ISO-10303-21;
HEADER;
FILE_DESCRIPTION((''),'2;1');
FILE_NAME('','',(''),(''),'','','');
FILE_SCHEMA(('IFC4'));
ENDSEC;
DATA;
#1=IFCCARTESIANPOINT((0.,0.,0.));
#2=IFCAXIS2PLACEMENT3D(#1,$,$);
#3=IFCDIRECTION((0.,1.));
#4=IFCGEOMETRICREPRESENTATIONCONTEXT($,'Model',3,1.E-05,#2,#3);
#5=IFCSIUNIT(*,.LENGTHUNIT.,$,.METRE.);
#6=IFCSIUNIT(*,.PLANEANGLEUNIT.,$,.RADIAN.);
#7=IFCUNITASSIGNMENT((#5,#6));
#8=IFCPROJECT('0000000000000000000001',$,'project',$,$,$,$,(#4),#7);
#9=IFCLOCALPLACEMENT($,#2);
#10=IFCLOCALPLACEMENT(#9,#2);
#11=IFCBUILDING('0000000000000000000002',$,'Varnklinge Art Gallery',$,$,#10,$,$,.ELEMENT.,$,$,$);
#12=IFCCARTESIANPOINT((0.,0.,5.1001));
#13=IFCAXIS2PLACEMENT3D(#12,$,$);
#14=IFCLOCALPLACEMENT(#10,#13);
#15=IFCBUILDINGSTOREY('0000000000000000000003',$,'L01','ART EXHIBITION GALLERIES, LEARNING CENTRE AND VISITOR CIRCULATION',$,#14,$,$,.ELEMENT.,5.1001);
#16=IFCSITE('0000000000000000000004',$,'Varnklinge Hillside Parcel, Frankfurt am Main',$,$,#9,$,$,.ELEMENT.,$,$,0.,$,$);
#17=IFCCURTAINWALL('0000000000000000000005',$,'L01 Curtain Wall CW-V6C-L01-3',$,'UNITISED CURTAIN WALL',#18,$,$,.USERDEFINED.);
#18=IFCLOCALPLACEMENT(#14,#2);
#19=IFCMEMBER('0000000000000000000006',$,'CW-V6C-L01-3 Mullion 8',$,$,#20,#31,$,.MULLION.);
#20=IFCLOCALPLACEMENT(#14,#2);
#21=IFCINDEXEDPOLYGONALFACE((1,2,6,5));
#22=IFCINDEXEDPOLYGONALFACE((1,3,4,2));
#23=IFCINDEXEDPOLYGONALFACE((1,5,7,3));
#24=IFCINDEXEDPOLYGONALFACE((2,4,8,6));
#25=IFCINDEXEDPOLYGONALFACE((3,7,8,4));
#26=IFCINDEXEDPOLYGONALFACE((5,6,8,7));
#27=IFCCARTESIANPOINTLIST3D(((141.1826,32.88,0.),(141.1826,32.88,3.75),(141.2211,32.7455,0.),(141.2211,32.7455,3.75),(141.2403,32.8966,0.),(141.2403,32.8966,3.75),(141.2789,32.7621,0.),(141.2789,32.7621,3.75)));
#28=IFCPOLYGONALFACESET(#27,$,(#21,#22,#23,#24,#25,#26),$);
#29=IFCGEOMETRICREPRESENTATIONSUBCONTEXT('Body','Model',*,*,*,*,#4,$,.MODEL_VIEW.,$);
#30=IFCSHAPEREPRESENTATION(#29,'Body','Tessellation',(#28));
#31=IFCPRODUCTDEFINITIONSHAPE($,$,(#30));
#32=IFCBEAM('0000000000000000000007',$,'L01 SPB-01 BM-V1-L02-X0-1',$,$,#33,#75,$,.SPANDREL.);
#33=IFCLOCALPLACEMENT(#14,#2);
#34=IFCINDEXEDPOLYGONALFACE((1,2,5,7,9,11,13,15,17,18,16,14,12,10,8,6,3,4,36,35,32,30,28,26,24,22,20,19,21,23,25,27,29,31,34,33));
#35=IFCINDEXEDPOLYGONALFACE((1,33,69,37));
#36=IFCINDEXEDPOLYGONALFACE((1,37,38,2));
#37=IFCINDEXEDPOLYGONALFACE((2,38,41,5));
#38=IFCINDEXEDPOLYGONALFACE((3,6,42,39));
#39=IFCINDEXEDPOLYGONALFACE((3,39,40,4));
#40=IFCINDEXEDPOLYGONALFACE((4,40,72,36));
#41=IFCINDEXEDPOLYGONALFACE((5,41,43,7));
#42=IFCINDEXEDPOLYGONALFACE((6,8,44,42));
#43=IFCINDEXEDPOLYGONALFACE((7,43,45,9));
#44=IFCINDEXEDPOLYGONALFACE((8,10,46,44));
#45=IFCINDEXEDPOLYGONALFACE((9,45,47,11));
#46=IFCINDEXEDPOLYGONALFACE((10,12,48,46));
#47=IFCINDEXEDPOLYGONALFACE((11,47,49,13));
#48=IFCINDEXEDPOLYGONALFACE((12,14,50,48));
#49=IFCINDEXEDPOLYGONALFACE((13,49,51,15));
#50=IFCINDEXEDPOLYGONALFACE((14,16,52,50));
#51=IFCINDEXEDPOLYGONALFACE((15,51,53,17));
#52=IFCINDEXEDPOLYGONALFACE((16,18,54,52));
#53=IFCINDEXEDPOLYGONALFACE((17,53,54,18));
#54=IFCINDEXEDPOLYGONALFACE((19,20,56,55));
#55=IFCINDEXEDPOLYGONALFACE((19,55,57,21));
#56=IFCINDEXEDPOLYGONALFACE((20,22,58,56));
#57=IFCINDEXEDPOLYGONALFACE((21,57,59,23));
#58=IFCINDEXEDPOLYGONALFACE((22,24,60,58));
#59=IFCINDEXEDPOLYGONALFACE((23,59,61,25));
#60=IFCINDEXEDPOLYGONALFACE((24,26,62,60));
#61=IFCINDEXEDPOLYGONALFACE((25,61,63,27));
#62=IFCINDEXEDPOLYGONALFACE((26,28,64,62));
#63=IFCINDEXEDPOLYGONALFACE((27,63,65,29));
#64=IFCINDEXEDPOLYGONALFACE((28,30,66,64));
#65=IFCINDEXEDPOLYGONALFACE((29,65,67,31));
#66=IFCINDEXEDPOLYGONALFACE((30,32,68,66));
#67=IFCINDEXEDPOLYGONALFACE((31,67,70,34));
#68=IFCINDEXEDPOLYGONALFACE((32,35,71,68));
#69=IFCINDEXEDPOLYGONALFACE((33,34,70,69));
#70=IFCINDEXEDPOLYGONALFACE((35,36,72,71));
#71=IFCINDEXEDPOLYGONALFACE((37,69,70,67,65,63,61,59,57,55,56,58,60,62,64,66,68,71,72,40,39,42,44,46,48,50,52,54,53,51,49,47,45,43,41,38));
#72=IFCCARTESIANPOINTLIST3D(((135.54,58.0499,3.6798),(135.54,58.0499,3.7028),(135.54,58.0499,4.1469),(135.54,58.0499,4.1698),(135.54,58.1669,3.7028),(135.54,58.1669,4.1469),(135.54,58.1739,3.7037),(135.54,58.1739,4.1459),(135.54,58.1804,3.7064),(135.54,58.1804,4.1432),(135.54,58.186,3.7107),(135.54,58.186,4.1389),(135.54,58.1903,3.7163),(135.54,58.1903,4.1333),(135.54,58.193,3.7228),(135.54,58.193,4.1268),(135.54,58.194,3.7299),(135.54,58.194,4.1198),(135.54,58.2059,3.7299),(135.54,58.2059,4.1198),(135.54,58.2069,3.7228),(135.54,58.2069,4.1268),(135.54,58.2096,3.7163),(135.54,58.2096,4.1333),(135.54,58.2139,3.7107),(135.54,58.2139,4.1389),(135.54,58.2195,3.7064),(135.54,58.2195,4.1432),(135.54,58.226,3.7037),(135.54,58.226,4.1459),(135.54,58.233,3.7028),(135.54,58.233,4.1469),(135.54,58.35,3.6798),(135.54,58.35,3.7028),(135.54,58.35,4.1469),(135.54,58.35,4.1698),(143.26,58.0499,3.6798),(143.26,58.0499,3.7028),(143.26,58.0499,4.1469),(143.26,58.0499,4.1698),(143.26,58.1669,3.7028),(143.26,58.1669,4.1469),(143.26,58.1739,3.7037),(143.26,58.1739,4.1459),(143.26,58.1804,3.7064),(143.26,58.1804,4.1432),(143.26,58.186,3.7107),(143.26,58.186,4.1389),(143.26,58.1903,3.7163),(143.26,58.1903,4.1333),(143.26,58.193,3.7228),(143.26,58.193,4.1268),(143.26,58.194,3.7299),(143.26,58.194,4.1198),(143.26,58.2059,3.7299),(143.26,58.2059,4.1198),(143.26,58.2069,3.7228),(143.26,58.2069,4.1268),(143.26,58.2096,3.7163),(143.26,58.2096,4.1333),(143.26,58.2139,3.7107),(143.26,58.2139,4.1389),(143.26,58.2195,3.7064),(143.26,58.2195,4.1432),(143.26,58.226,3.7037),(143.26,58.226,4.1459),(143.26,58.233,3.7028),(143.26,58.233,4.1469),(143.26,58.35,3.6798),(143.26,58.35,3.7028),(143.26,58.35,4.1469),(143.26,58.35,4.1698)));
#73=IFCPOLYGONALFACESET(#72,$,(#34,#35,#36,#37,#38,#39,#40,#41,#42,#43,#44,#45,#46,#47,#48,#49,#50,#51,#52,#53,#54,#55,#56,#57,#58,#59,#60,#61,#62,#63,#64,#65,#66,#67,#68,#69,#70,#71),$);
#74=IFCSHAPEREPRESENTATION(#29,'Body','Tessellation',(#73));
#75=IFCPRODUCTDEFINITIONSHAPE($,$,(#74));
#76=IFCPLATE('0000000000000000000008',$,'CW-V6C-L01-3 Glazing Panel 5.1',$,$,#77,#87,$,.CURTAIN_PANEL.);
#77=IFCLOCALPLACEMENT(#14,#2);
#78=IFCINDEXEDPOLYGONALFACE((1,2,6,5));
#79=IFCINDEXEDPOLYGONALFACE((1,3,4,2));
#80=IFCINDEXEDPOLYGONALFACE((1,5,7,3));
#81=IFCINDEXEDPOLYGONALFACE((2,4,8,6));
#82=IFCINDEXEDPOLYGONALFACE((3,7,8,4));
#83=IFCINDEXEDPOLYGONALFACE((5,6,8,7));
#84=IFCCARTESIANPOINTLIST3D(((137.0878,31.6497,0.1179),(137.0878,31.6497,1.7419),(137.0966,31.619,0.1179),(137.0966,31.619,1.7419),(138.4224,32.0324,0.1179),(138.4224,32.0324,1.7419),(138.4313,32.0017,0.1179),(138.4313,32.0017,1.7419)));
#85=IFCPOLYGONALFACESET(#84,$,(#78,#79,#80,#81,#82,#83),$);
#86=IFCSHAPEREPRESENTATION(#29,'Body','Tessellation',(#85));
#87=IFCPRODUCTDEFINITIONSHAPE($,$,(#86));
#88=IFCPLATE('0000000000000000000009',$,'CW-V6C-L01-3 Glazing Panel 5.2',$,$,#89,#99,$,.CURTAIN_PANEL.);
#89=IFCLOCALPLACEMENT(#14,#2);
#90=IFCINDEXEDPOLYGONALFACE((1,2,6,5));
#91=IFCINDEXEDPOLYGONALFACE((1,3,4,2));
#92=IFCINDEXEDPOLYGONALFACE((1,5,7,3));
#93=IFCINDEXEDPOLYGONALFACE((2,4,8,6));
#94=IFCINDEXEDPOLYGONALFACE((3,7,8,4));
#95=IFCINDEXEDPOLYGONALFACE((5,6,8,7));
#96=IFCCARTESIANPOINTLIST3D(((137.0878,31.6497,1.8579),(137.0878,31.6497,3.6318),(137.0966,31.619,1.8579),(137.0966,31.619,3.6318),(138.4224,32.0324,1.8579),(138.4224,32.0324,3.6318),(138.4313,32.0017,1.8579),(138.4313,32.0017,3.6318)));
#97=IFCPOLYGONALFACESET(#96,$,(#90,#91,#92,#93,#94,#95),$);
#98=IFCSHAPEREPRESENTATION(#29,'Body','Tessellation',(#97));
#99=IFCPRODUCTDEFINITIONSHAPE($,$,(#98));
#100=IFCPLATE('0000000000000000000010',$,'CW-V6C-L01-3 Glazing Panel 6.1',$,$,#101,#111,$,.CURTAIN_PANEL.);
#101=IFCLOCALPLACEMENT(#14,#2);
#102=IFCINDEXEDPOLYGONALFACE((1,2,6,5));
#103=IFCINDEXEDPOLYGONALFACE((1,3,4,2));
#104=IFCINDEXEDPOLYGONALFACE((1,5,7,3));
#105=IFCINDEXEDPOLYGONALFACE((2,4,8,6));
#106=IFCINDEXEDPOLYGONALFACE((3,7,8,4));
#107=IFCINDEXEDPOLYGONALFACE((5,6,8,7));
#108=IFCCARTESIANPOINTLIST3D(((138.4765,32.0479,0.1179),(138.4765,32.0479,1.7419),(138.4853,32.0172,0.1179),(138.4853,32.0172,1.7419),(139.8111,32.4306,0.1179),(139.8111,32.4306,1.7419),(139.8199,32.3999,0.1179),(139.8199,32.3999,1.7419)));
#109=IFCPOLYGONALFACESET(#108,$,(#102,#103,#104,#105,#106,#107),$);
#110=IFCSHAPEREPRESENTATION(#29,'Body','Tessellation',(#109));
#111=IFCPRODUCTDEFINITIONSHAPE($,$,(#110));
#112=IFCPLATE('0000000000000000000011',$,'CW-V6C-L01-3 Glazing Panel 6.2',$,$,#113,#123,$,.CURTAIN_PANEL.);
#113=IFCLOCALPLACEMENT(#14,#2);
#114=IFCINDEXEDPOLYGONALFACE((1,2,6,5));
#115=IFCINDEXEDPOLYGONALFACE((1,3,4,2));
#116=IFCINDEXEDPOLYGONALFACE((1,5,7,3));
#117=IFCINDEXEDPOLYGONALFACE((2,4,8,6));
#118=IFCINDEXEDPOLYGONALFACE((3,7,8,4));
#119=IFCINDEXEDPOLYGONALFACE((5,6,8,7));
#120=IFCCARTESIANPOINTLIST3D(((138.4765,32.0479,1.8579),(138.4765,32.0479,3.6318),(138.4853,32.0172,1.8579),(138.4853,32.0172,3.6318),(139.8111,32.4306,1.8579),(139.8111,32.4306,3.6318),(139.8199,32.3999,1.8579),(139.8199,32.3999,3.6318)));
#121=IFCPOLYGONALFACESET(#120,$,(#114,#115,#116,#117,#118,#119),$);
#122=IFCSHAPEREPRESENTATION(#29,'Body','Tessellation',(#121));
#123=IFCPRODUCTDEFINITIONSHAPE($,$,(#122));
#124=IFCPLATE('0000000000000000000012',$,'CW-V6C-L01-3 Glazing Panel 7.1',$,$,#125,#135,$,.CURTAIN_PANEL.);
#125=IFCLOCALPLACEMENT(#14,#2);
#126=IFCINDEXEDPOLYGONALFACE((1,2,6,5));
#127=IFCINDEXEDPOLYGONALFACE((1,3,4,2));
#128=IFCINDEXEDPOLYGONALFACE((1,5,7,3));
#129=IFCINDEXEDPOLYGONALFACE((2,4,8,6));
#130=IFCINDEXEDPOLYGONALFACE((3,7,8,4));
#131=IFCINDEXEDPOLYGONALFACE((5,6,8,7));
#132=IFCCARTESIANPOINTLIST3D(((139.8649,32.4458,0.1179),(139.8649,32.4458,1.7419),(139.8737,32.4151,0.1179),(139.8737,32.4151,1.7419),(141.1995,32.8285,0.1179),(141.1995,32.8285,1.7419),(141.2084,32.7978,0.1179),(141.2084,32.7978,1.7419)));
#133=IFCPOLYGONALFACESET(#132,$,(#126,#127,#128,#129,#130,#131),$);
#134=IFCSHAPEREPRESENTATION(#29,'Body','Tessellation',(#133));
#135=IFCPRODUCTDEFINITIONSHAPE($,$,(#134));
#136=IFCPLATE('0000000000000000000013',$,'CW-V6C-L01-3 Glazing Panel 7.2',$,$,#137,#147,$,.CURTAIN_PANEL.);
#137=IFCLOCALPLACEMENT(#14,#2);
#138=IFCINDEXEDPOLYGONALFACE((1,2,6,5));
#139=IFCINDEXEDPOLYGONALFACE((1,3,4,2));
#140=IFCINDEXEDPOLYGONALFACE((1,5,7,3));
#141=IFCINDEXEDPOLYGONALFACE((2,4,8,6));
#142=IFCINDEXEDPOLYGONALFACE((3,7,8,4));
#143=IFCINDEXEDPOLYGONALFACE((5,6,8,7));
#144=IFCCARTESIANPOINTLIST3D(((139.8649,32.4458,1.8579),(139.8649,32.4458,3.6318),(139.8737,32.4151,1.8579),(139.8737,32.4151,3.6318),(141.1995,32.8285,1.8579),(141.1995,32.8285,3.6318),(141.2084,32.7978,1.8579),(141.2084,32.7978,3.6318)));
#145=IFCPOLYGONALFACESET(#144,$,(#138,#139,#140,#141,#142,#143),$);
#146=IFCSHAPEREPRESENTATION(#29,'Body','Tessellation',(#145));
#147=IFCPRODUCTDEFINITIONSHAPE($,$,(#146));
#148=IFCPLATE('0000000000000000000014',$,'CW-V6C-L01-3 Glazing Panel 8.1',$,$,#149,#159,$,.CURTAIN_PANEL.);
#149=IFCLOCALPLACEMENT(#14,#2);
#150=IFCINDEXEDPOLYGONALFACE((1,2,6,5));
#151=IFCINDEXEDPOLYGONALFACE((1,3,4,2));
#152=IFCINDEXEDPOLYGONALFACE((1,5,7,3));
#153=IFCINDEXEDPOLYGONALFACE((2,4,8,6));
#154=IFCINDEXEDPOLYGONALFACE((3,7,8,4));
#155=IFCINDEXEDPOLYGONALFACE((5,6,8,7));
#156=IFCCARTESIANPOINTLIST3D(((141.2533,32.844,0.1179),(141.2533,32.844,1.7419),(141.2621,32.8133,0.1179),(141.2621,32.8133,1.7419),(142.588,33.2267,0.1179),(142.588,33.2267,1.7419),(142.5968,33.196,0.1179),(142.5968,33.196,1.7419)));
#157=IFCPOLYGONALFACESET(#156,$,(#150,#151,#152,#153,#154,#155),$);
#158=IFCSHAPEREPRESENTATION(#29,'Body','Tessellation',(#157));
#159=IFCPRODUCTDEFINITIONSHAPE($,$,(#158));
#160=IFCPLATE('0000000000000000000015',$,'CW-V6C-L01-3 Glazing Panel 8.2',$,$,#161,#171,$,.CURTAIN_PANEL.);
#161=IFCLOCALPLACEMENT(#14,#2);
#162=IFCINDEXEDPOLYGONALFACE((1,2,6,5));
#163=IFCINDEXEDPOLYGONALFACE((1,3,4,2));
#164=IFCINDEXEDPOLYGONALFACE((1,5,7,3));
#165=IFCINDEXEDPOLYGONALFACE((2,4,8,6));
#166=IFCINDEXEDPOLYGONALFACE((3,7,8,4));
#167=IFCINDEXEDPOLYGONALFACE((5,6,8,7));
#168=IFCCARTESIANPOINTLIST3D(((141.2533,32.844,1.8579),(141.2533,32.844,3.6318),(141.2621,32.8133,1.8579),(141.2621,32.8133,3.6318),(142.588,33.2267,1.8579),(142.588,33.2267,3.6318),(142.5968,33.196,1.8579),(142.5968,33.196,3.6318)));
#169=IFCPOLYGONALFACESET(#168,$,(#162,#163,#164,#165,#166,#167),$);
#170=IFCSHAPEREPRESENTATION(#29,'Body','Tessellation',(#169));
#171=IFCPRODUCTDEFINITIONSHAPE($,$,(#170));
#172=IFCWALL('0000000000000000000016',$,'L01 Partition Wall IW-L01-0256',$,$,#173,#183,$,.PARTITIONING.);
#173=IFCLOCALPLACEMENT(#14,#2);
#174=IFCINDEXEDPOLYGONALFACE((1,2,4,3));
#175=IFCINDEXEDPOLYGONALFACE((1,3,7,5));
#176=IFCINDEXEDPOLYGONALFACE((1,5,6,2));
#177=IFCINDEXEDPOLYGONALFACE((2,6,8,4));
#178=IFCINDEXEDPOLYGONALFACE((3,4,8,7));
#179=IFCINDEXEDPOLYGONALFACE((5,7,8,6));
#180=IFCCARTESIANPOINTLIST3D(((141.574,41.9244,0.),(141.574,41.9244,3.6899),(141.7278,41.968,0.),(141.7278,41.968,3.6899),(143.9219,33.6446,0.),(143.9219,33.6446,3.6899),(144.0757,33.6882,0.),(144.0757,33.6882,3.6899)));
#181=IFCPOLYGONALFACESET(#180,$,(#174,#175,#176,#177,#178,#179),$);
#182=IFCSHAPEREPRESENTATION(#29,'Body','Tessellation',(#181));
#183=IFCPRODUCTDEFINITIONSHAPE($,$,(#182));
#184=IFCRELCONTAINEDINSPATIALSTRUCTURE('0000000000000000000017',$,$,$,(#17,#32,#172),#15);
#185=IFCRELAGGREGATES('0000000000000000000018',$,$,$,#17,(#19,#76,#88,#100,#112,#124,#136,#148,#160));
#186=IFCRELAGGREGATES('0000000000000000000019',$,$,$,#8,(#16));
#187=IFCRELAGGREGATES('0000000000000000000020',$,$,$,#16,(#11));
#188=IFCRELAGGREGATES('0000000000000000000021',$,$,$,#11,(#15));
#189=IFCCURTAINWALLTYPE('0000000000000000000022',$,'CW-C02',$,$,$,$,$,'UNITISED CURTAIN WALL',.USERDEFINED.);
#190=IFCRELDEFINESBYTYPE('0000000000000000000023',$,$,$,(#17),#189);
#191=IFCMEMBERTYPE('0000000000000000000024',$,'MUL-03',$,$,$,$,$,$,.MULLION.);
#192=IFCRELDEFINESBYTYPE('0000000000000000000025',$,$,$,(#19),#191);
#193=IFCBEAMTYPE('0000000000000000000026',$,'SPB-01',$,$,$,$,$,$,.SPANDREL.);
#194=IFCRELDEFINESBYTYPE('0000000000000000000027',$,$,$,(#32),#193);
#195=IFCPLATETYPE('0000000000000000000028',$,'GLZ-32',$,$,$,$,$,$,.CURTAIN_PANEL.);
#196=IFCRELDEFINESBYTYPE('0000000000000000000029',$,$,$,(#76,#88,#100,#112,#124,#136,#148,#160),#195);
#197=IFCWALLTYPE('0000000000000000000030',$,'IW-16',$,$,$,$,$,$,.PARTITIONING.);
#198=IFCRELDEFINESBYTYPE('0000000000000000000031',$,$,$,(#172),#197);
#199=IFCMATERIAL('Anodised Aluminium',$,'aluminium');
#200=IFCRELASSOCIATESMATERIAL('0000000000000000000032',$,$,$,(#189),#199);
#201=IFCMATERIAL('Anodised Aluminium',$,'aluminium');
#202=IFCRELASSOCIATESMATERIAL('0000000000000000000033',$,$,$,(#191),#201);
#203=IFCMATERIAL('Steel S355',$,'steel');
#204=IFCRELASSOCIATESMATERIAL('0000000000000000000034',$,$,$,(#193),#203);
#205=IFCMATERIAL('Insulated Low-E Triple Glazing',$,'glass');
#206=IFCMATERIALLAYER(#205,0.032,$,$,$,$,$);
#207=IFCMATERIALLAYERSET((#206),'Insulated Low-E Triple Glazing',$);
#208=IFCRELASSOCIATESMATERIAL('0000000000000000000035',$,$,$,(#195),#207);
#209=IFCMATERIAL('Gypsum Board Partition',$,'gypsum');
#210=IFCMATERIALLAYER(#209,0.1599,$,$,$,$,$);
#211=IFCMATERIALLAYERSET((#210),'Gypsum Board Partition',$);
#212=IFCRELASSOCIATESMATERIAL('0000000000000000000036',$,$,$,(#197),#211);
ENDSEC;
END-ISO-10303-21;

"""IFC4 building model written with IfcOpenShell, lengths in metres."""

from ifc_helpers import new_model, si_unit, direction, frame, frame_2d, origin, origin_2d, place, context, subcontext, project, spatial, rectangle, i_section, extrude, material, layer, layer_set, material_profile, profile_set, type_object, element, aggregate, save


model = new_model("IFC4")

# Units and contexts
model_context = context("Model", 3, precision=1e-05, world=origin(), true_north=direction((0.0, 1.0)))
body_context = subcontext(model_context, "Body", "Model", "MODEL_VIEW")
ifc_project = project(units=[si_unit("LENGTHUNIT", "METRE"), si_unit("PLANEANGLEUNIT", "RADIAN")], contexts=[model_context])

# Site, building, storey
site_placement = place(None, origin())
site = spatial("IfcSite", under=ifc_project, at=site_placement, Name="Varnklinge Hillside Parcel, Frankfurt am Main", CompositionType="ELEMENT", RefElevation=0.0)
building_placement = place(site_placement, origin())
building = spatial("IfcBuilding", under=site, at=building_placement, Name="Varnklinge Art Gallery", CompositionType="ELEMENT")
storey_placement = place(building_placement, frame((0.0, 0.0, 5.1001)))
storey = spatial("IfcBuildingStorey", under=building, at=storey_placement, Name="L01", Description="ART EXHIBITION GALLERIES, LEARNING CENTRE AND VISITOR CIRCULATION", CompositionType="ELEMENT", Elevation=5.1001)

# Curtain wall, member
ifc_material_1 = material(Name="Anodised Aluminium", Category="aluminium")
curtain_wall_type = type_object("IfcCurtainWallType", Name="CW-C02", ElementType="UNITISED CURTAIN WALL", PredefinedType="USERDEFINED", material=ifc_material_1)
curtain_wall_placement = place(storey_placement, origin())
curtain_wall = element("IfcCurtainWall", 1, at=curtain_wall_placement, inside=storey, type_object=curtain_wall_type, Name="L01 Curtain Wall CW-V6C-L01-3", ObjectType="UNITISED CURTAIN WALL", PredefinedType="USERDEFINED")
ifc_material_2 = material(Name="Anodised Aluminium", Category="aluminium")
ifc_material_profile_1 = material_profile(ifc_material_2, rectangle(XDim=0.0601, YDim=0.1399, at=origin_2d()), Name="ALU 60x140")
ifc_profile_set_1 = profile_set([ifc_material_profile_1], Name="Anodised Aluminium")
member_type = type_object("IfcMemberType", Name="MUL-03", PredefinedType="MULLION", material=ifc_profile_set_1)
member_1_placement = place(storey_placement, frame((141.2307, 32.821, 0.0), z_axis=(0.0, 0.0, 1.0), x_axis=(0.961262, 0.275637, 0.0)))
member_1 = element("IfcMember", 2, at=member_1_placement, type_object=member_type, Name="CW-V6C-L01-3 Mullion 8", PredefinedType="MULLION", context=body_context, shape_type="SweptSolid", body=[
    extrude(rectangle(XDim=0.0601, YDim=0.1399, at=origin_2d()), origin(), (0.0, 0.0, 1.0), 3.75),
])

# Beam
ifc_material_3 = material(Name="Steel S355", Category="steel")
ifc_material_profile_2 = material_profile(ifc_material_3, i_section(OverallWidth=0.3, OverallDepth=0.49, WebThickness=0.012, FlangeThickness=0.0229, FilletRadius=0.0271, at=origin_2d()), Name="HEA 500")
ifc_profile_set_2 = profile_set([ifc_material_profile_2], Name="Steel S355")
beam_type_1 = type_object("IfcBeamType", Name="SPB-01", PredefinedType="SPANDREL", material=ifc_profile_set_2)
beam_1_placement = place(storey_placement, frame((135.54, 58.2, 3.9248), z_axis=(1.0, 0.0, 0.0), x_axis=(0.0, 1.0, 0.0)))
element("IfcBeam", 3, at=beam_1_placement, inside=storey, type_object=beam_type_1, Name="L01 SPB-01 BM-V1-L02-X0-1", PredefinedType="SPANDREL", context=body_context, shape_type="SweptSolid", body=[
    extrude(i_section(OverallWidth=0.3, OverallDepth=0.49, WebThickness=0.012, FlangeThickness=0.0229, FilletRadius=0.0271, at=origin_2d()), origin(), (0.0, 0.0, 1.0), 7.72),
])

# Plates
ifc_material_4 = material(Name="Insulated Low-E Triple Glazing", Category="glass")
ifc_layer_1 = layer(ifc_material_4, 0.032)
ifc_layer_set_1 = layer_set([ifc_layer_1], Name="Insulated Low-E Triple Glazing")
plate_type = type_object("IfcPlateType", Name="GLZ-32", PredefinedType="CURTAIN_PANEL", material=ifc_layer_set_1)
plate_1_placement = place(storey_placement, frame((137.7595, 31.8257, 0.1179), z_axis=(0.0, 0.0, 1.0), x_axis=(0.961262, 0.275637, 0.0)))
plate_1 = element("IfcPlate", 4, at=plate_1_placement, type_object=plate_type, Name="CW-V6C-L01-3 Glazing Panel 5.1", PredefinedType="CURTAIN_PANEL", context=body_context, shape_type="SweptSolid", body=[
    extrude(rectangle(XDim=1.3884, YDim=0.032, at=origin_2d()), origin(), (0.0, 0.0, 1.0), 1.624),
])
plate_2_placement = place(storey_placement, frame((137.7595, 31.8257, 1.8579), z_axis=(0.0, 0.0, 1.0), x_axis=(0.961262, 0.275637, 0.0)))
plate_2 = element("IfcPlate", 5, at=plate_2_placement, type_object=plate_type, Name="CW-V6C-L01-3 Glazing Panel 5.2", PredefinedType="CURTAIN_PANEL", context=body_context, shape_type="SweptSolid", body=[
    extrude(rectangle(XDim=1.3884, YDim=0.032, at=origin_2d()), origin(), (0.0, 0.0, 1.0), 1.7739),
])
plate_3_placement = place(storey_placement, frame((139.1482, 32.2239, 0.1179), z_axis=(0.0, 0.0, 1.0), x_axis=(0.961262, 0.275637, 0.0)))
plate_3 = element("IfcPlate", 6, at=plate_3_placement, type_object=plate_type, Name="CW-V6C-L01-3 Glazing Panel 6.1", PredefinedType="CURTAIN_PANEL", context=body_context, shape_type="SweptSolid", body=[
    extrude(rectangle(XDim=1.3884, YDim=0.032, at=origin_2d()), origin(), (0.0, 0.0, 1.0), 1.624),
])
plate_4_placement = place(storey_placement, frame((139.1482, 32.2239, 1.8579), z_axis=(0.0, 0.0, 1.0), x_axis=(0.961262, 0.275637, 0.0)))
plate_4 = element("IfcPlate", 7, at=plate_4_placement, type_object=plate_type, Name="CW-V6C-L01-3 Glazing Panel 6.2", PredefinedType="CURTAIN_PANEL", context=body_context, shape_type="SweptSolid", body=[
    extrude(rectangle(XDim=1.3884, YDim=0.032, at=origin_2d()), origin(), (0.0, 0.0, 1.0), 1.7739),
])
plate_5_placement = place(storey_placement, frame((140.5366, 32.6218, 0.1179), z_axis=(0.0, 0.0, 1.0), x_axis=(0.961262, 0.275637, 0.0)))
plate_5 = element("IfcPlate", 8, at=plate_5_placement, type_object=plate_type, Name="CW-V6C-L01-3 Glazing Panel 7.1", PredefinedType="CURTAIN_PANEL", context=body_context, shape_type="SweptSolid", body=[
    extrude(rectangle(XDim=1.3884, YDim=0.032, at=origin_2d()), origin(), (0.0, 0.0, 1.0), 1.624),
])
plate_6_placement = place(storey_placement, frame((140.5366, 32.6218, 1.8579), z_axis=(0.0, 0.0, 1.0), x_axis=(0.961262, 0.275637, 0.0)))
plate_6 = element("IfcPlate", 9, at=plate_6_placement, type_object=plate_type, Name="CW-V6C-L01-3 Glazing Panel 7.2", PredefinedType="CURTAIN_PANEL", context=body_context, shape_type="SweptSolid", body=[
    extrude(rectangle(XDim=1.3884, YDim=0.032, at=origin_2d()), origin(), (0.0, 0.0, 1.0), 1.7739),
])
plate_7_placement = place(storey_placement, frame((141.925, 33.02, 0.1179), z_axis=(0.0, 0.0, 1.0), x_axis=(0.961262, 0.275637, 0.0)))
plate_7 = element("IfcPlate", 10, at=plate_7_placement, type_object=plate_type, Name="CW-V6C-L01-3 Glazing Panel 8.1", PredefinedType="CURTAIN_PANEL", context=body_context, shape_type="SweptSolid", body=[
    extrude(rectangle(XDim=1.3884, YDim=0.032, at=origin_2d()), origin(), (0.0, 0.0, 1.0), 1.624),
])
plate_8_placement = place(storey_placement, frame((141.925, 33.02, 1.8579), z_axis=(0.0, 0.0, 1.0), x_axis=(0.961262, 0.275637, 0.0)))
plate_8 = element("IfcPlate", 11, at=plate_8_placement, type_object=plate_type, Name="CW-V6C-L01-3 Glazing Panel 8.2", PredefinedType="CURTAIN_PANEL", context=body_context, shape_type="SweptSolid", body=[
    extrude(rectangle(XDim=1.3884, YDim=0.032, at=origin_2d()), origin(), (0.0, 0.0, 1.0), 1.7739),
])
aggregate(curtain_wall, [member_1, plate_1, plate_2, plate_3, plate_4, plate_5, plate_6, plate_7, plate_8])

# Wall
ifc_material_5 = material(Name="Gypsum Board Partition", Category="gypsum")
ifc_layer_2 = layer(ifc_material_5, 0.1599)
ifc_layer_set_2 = layer_set([ifc_layer_2], Name="Gypsum Board Partition")
wall_type = type_object("IfcWallType", Name="IW-16", PredefinedType="PARTITIONING", material=ifc_layer_set_2)
wall_placement = place(storey_placement, frame((141.6509, 41.9463, 0.0), z_axis=(0.0, 0.0, 1.0), x_axis=(0.272814, -0.962067, 0.0)))
element("IfcWall", 12, at=wall_placement, inside=storey, type_object=wall_type, Name="L01 Partition Wall IW-L01-0256", PredefinedType="PARTITIONING", context=body_context, shape_type="SweptSolid", body=[
    extrude(rectangle(XDim=8.6062, YDim=0.1599, at=frame_2d((4.3032, 0.0))), origin(), (0.0, 0.0, 1.0), 3.6899),
])

save(model, "model.ifc")
